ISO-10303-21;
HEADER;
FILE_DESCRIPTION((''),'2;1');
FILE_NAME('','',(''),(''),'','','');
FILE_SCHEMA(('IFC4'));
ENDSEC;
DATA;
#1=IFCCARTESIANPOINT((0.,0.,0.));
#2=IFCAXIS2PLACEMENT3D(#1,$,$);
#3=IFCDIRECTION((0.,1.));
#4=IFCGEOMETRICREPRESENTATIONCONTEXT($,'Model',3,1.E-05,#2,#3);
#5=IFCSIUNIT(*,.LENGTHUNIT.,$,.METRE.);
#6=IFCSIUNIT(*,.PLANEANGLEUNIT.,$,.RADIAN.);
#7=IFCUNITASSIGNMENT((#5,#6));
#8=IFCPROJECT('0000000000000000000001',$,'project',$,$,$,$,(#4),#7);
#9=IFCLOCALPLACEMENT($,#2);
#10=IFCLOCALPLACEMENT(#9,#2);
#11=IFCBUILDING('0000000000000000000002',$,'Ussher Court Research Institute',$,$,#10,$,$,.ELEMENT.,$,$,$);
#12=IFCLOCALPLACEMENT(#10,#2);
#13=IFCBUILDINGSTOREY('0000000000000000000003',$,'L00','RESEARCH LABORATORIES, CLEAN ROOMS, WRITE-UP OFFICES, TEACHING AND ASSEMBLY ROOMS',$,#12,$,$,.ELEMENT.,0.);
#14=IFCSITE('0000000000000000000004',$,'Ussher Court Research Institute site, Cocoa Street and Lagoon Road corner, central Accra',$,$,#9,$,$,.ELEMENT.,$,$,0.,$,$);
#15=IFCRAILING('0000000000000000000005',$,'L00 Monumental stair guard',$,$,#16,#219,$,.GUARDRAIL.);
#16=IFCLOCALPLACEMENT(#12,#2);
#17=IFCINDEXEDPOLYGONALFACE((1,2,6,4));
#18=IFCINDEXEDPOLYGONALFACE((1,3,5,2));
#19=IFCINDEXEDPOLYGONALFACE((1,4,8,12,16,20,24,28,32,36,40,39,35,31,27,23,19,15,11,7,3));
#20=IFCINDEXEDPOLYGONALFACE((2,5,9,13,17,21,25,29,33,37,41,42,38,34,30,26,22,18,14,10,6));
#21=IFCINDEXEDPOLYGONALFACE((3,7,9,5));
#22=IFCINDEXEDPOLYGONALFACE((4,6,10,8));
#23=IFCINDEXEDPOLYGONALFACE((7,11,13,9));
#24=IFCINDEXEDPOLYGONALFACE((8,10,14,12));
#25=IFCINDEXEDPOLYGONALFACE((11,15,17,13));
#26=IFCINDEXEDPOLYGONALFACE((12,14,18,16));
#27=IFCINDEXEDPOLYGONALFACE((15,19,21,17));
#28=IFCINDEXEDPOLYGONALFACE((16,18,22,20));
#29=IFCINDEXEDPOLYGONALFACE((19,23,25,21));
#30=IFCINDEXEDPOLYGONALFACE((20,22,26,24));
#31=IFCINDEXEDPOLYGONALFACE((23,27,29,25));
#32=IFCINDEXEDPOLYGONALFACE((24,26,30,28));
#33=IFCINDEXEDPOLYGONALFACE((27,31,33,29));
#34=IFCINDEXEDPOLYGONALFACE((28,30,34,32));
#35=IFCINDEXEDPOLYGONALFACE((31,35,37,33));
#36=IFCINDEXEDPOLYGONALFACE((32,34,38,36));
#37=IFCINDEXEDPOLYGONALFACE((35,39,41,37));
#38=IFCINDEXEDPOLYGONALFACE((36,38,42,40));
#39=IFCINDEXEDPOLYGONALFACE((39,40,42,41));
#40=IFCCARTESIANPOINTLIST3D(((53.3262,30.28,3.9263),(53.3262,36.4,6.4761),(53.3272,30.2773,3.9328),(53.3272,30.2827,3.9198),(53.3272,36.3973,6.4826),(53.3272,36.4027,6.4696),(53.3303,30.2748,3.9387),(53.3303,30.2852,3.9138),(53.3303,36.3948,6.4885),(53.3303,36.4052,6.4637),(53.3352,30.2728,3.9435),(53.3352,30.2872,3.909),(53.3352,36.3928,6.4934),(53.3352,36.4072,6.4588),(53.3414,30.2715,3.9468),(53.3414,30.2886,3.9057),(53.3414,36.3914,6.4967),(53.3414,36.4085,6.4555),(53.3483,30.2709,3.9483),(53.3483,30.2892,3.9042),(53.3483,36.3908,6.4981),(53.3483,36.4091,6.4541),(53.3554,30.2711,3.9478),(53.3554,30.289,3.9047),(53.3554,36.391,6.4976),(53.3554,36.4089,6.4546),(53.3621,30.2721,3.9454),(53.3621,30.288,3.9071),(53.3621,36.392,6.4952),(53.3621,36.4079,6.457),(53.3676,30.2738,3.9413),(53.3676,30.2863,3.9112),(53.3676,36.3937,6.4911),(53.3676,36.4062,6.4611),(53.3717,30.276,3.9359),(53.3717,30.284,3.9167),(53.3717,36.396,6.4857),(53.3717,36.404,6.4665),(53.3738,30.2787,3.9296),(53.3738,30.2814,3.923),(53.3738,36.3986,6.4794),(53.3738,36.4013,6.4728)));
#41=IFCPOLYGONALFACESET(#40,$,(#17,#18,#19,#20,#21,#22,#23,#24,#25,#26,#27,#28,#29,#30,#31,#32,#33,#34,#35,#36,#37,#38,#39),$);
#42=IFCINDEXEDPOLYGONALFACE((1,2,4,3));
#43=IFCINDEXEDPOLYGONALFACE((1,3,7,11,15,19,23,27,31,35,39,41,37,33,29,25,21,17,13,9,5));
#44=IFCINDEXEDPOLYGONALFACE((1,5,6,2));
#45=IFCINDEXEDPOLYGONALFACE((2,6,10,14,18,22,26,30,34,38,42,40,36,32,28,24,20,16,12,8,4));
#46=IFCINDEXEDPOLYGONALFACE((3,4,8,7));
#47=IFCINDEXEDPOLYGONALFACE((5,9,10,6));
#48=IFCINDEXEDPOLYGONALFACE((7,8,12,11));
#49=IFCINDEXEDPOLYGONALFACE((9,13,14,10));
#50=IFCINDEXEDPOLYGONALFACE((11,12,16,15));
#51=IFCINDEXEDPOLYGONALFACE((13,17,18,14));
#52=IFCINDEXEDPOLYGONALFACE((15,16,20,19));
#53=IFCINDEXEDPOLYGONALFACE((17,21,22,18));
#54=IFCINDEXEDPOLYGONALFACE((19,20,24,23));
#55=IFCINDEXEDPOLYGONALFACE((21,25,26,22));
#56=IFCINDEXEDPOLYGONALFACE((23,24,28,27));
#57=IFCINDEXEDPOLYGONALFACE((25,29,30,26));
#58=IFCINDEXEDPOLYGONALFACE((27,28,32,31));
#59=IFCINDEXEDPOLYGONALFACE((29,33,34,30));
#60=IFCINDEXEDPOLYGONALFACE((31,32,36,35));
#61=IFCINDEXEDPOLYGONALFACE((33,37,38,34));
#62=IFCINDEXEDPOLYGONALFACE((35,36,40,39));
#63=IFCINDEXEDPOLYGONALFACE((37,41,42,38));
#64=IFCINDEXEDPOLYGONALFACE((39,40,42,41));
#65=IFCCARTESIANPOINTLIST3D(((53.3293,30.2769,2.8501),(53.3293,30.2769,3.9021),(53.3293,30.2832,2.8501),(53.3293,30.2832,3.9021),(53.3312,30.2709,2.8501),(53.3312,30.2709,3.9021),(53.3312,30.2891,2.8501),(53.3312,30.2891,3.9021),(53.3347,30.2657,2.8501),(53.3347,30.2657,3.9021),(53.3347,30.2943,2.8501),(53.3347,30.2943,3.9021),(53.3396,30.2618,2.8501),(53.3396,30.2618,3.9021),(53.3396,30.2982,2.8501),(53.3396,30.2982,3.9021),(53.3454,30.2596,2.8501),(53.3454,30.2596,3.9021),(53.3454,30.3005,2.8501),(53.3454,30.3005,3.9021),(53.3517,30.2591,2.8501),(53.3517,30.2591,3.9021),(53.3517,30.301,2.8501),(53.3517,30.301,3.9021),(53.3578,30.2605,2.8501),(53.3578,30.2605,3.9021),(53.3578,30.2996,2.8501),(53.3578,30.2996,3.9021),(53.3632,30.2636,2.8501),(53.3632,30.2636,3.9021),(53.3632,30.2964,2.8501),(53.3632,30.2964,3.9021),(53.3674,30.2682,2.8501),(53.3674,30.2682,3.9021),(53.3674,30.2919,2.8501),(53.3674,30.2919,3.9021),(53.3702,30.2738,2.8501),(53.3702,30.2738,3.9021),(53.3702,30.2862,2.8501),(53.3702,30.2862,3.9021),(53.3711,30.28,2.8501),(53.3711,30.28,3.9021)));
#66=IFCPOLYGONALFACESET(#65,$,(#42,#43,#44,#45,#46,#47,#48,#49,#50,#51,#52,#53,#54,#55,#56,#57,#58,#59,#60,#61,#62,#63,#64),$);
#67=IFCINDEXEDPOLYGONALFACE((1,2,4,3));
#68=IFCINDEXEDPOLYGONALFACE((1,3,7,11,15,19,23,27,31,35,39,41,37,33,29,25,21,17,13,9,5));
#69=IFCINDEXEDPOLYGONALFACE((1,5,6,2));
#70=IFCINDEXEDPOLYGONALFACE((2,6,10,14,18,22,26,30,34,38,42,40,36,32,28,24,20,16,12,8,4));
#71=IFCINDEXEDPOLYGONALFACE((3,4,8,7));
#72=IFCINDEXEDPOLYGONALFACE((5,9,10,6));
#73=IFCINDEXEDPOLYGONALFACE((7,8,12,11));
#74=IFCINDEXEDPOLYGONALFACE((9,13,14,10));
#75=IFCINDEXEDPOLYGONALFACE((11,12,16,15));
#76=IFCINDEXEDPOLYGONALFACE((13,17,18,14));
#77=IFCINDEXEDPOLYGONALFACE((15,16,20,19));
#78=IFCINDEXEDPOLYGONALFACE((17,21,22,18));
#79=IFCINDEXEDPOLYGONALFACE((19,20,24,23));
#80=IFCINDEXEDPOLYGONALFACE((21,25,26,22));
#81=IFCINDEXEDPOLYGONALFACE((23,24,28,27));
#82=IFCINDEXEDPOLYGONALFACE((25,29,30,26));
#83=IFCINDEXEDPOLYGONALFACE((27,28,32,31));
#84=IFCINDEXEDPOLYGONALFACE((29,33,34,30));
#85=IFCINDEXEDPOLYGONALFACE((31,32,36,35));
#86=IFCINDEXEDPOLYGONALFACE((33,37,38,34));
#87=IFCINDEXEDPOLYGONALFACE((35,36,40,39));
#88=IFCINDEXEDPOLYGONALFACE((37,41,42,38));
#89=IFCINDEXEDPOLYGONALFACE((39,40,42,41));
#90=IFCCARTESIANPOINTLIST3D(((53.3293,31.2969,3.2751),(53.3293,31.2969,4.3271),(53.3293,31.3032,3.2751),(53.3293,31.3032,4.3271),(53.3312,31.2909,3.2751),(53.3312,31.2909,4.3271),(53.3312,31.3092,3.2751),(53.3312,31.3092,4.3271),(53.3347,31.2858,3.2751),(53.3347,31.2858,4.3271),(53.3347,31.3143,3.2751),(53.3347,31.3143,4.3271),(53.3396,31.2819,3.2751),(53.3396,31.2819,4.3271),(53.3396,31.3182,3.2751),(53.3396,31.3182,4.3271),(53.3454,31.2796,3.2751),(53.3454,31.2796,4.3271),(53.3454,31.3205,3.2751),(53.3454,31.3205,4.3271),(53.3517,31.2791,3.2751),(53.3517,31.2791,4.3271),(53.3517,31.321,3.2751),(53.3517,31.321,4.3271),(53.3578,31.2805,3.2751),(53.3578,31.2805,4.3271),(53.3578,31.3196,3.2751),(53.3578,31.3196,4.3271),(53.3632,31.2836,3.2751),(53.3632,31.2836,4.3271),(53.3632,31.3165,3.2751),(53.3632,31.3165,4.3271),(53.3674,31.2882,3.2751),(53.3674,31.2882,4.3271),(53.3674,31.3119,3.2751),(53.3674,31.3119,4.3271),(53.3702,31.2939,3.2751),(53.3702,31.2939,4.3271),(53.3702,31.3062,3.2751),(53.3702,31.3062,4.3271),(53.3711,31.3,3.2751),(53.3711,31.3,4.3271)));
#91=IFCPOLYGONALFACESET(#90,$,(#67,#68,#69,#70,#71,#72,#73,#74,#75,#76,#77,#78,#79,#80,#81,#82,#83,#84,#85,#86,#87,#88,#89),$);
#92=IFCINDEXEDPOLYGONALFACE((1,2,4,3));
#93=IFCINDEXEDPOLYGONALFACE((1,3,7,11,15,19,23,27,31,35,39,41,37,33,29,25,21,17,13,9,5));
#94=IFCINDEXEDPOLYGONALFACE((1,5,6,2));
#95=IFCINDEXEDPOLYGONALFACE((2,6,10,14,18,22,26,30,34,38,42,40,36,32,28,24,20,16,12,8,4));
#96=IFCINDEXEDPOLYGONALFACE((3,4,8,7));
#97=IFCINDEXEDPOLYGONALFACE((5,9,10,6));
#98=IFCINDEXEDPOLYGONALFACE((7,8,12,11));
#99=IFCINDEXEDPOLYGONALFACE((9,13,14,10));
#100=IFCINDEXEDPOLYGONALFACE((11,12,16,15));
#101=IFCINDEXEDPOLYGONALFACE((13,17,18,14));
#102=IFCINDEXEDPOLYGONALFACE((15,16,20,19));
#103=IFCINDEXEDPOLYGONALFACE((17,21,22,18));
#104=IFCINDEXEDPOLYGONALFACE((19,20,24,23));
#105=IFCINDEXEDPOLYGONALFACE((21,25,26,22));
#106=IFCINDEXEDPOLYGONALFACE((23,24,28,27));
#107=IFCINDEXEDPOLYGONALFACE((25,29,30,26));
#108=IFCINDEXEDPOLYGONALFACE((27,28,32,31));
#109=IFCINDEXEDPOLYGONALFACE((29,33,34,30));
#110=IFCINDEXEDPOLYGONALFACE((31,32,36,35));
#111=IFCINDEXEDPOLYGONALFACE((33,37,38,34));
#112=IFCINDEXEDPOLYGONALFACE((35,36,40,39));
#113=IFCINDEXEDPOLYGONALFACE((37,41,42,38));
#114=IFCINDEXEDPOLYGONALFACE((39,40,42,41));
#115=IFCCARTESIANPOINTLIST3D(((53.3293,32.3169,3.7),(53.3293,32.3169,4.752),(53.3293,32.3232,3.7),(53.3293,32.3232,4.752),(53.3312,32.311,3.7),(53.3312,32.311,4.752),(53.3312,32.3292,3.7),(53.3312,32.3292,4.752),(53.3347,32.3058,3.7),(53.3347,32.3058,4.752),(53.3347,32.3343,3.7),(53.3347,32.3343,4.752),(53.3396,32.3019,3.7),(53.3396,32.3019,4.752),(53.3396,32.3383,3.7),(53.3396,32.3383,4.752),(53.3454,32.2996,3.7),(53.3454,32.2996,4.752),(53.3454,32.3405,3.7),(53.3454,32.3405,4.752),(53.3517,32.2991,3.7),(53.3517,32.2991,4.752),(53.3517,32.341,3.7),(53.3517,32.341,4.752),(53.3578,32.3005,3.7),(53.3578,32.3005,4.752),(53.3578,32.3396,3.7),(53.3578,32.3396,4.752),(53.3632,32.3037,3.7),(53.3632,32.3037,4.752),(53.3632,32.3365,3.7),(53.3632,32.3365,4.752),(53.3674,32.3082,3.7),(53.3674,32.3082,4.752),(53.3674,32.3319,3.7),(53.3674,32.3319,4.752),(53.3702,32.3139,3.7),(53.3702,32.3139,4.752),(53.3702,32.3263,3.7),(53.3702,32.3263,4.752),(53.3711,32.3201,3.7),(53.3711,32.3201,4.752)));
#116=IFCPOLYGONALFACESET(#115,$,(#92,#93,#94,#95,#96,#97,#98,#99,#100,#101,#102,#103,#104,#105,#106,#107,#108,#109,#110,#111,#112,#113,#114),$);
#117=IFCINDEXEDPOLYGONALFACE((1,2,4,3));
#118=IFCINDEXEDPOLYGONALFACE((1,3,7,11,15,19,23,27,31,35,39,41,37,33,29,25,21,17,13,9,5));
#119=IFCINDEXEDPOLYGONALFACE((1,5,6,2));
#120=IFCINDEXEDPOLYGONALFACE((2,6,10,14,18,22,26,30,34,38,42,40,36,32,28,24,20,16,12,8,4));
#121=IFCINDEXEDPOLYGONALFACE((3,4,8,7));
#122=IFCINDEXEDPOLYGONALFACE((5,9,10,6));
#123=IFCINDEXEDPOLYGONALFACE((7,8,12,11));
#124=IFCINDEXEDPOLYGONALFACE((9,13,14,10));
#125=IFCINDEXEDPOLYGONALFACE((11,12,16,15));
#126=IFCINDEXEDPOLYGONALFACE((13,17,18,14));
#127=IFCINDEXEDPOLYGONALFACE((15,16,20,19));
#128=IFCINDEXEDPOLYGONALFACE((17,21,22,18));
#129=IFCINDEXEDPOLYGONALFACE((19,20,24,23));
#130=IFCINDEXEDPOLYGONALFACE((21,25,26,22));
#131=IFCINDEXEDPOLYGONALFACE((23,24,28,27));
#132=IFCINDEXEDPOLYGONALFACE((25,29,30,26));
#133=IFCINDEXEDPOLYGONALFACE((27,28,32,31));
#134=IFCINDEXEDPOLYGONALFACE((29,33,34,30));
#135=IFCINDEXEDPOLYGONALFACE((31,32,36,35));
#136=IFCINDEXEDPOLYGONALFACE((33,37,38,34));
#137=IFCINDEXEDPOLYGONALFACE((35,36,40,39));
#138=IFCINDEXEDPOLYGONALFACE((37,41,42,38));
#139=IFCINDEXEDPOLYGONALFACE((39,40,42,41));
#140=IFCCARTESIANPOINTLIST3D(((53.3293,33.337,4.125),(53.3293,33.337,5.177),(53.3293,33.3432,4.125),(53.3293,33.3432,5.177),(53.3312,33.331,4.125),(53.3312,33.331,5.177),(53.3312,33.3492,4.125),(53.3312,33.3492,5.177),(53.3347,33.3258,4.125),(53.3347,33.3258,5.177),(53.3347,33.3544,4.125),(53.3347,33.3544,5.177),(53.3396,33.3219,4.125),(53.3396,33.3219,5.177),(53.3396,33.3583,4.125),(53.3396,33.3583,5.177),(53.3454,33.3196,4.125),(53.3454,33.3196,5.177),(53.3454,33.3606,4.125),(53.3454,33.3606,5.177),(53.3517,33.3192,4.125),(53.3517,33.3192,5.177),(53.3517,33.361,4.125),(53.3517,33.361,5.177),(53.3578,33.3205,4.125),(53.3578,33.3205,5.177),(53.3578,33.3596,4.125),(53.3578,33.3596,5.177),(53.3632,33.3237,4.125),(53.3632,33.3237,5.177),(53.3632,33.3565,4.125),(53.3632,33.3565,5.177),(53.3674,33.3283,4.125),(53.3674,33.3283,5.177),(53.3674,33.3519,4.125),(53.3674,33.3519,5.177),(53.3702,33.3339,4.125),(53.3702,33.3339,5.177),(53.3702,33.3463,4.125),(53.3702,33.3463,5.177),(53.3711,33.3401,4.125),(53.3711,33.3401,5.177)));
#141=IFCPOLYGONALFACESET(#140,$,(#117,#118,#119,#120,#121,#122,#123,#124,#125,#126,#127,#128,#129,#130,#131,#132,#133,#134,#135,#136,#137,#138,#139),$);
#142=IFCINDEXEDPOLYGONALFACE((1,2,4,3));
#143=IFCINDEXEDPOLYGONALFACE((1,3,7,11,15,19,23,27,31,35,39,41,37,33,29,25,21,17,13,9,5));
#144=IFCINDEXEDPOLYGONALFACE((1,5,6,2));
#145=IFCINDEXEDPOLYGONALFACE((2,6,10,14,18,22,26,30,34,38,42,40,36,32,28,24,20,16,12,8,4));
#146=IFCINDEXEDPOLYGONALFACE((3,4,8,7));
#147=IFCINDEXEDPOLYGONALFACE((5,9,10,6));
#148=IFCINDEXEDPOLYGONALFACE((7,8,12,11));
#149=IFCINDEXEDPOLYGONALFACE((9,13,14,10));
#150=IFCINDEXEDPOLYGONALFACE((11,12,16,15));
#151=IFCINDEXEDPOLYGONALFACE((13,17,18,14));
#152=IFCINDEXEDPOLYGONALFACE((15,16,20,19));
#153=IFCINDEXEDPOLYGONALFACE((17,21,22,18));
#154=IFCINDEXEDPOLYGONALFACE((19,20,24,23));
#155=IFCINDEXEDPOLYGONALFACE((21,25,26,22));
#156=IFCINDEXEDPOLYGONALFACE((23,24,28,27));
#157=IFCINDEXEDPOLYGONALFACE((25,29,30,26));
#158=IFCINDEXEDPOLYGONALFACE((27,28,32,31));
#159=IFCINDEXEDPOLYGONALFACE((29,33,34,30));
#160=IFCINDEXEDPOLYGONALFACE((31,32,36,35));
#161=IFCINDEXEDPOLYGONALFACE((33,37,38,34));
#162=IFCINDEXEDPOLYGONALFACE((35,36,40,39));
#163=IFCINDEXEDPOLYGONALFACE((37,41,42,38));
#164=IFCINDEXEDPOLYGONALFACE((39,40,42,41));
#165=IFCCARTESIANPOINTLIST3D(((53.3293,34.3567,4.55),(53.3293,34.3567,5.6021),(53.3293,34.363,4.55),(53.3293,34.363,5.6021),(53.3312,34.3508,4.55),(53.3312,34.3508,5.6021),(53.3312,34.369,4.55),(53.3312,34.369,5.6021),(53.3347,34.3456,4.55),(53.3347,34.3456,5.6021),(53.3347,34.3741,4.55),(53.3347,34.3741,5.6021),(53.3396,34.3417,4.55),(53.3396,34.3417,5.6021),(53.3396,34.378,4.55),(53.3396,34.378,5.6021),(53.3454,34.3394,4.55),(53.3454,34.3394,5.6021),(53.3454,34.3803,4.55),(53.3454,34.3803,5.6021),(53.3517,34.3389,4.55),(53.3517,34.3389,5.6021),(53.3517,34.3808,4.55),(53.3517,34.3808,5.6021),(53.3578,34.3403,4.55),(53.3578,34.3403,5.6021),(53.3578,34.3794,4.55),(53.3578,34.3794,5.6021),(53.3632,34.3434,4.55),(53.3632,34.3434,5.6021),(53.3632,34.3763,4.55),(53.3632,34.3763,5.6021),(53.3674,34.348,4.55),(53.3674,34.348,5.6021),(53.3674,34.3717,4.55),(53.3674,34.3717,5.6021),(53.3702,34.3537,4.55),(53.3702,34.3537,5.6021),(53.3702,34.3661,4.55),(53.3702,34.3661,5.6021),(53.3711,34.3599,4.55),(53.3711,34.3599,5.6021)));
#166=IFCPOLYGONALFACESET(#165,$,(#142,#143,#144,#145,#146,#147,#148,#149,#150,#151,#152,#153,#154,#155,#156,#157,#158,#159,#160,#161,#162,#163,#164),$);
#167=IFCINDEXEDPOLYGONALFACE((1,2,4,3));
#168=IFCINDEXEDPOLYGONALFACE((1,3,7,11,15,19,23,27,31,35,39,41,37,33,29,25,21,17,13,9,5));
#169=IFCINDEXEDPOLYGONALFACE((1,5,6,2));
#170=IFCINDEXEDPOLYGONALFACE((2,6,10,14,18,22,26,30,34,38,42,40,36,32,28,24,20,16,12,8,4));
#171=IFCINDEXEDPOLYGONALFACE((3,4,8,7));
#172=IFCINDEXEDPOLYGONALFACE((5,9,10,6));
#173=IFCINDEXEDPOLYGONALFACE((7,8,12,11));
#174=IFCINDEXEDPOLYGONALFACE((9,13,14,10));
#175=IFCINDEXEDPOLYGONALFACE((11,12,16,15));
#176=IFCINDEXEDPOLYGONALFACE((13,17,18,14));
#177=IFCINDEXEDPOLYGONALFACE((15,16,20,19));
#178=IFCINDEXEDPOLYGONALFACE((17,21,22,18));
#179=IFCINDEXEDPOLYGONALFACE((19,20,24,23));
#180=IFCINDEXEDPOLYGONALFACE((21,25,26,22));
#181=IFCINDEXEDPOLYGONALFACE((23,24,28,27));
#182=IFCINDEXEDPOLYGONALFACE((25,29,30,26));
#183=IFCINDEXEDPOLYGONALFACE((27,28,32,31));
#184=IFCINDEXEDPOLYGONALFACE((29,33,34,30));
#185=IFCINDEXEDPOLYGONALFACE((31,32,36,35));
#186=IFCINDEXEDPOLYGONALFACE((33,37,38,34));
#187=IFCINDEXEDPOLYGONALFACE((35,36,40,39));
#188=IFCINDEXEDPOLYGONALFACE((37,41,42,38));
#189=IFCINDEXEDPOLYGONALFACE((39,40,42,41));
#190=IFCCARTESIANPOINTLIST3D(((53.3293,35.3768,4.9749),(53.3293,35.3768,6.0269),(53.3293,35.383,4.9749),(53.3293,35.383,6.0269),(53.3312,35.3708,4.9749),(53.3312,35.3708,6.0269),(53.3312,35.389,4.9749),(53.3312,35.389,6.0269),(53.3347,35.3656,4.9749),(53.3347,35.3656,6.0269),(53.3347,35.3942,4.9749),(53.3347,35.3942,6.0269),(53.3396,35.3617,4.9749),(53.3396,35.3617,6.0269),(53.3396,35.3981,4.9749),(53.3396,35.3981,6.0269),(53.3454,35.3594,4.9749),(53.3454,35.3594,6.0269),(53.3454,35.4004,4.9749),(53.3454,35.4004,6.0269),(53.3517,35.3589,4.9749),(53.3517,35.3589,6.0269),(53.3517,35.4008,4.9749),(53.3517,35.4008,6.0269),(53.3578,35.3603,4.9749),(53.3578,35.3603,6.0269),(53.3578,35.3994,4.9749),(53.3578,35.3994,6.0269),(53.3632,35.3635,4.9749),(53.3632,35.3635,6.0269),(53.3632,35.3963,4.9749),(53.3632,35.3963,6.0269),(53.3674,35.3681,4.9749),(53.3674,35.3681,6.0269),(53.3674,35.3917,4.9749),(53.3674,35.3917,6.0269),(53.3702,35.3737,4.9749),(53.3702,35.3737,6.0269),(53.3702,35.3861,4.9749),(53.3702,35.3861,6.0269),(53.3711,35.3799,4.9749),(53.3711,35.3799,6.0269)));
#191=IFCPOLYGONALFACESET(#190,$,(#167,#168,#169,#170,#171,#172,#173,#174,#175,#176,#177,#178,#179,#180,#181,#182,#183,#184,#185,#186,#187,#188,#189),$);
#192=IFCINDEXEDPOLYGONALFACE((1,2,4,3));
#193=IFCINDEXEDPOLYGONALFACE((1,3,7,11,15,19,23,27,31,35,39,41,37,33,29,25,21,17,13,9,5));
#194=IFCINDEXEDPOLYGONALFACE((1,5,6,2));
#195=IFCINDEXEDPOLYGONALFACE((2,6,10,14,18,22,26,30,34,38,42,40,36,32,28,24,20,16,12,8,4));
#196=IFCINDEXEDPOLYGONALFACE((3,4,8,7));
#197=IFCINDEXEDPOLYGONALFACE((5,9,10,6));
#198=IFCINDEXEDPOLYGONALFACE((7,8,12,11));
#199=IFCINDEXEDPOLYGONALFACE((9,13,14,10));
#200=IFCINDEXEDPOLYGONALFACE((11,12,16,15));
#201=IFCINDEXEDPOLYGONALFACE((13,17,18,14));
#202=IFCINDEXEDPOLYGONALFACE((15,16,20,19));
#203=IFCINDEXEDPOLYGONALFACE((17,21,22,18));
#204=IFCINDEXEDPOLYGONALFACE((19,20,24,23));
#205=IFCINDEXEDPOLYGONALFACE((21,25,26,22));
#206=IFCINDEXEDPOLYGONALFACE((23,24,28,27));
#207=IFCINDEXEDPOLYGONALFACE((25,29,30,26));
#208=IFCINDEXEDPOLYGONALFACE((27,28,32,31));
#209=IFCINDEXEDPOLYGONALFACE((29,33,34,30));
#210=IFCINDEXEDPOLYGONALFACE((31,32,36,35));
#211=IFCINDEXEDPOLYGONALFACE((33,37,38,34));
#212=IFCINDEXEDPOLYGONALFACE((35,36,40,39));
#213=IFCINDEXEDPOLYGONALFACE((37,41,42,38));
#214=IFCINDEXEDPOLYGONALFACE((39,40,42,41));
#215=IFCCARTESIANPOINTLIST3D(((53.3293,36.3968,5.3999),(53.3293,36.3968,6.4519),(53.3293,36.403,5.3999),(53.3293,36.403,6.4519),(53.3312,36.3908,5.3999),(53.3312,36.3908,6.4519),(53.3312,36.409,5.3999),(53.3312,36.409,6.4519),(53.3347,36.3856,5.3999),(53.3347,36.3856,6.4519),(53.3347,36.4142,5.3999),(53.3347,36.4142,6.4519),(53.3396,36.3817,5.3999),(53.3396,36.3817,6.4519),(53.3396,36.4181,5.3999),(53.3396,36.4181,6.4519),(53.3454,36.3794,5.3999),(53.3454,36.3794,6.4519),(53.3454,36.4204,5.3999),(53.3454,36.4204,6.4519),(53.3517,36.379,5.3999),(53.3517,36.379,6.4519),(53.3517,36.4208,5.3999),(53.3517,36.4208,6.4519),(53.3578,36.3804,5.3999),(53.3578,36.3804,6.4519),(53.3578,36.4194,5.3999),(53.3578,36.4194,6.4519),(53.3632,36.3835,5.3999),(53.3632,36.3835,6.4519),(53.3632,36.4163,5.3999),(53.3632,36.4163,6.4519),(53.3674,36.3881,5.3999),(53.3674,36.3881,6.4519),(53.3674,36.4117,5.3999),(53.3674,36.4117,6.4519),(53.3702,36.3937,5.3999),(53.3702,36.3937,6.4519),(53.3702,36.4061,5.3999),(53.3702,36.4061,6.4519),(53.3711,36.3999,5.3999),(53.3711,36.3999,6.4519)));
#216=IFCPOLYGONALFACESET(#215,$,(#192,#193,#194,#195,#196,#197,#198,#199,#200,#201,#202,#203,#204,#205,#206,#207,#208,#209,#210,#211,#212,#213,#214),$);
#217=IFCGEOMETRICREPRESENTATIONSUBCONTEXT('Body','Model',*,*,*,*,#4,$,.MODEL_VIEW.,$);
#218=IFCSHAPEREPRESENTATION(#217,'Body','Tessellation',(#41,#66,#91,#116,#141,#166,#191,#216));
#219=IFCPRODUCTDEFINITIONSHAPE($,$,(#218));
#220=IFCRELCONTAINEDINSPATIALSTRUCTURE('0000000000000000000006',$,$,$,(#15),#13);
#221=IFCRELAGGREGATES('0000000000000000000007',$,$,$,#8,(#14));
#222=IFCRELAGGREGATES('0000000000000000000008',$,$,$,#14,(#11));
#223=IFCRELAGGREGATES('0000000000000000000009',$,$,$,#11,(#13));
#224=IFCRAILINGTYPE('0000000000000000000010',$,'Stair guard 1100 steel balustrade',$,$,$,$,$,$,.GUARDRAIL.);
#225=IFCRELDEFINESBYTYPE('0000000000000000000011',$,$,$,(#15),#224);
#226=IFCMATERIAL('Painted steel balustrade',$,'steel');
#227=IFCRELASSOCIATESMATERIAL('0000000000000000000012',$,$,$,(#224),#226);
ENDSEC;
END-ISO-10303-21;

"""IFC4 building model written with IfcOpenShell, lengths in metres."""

from ifc_helpers import new_model, si_unit, direction, frame, origin, origin_2d, place, context, subcontext, project, spatial, circle, extrude, material, type_object, element, save


model = new_model("IFC4")

# Units and contexts
model_context = context("Model", 3, precision=1e-05, world=origin(), true_north=direction((0.0, 1.0)))
body_context = subcontext(model_context, "Body", "Model", "MODEL_VIEW")
ifc_project = project(units=[si_unit("LENGTHUNIT", "METRE"), si_unit("PLANEANGLEUNIT", "RADIAN")], contexts=[model_context])

# Site, building, storey
site_placement = place(None, origin())
site = spatial("IfcSite", under=ifc_project, at=site_placement, Name="Ussher Court Research Institute site, Cocoa Street and Lagoon Road corner, central Accra", CompositionType="ELEMENT", RefElevation=0.0)
building_placement = place(site_placement, origin())
building = spatial("IfcBuilding", under=site, at=building_placement, Name="Ussher Court Research Institute", CompositionType="ELEMENT")
storey_placement = place(building_placement, origin())
storey = spatial("IfcBuildingStorey", under=building, at=storey_placement, Name="L00", Description="RESEARCH LABORATORIES, CLEAN ROOMS, WRITE-UP OFFICES, TEACHING AND ASSEMBLY ROOMS", CompositionType="ELEMENT", Elevation=0.0)

# Railing
ifc_material_1 = material(Name="Painted steel balustrade", Category="steel")
railing_type_1 = type_object("IfcRailingType", Name="Stair guard 1100 steel balustrade", PredefinedType="GUARDRAIL", material=ifc_material_1)
railing_1_placement = place(storey_placement, frame((53.3501, 30.28, 2.8501)))
element("IfcRailing", 1, at=railing_1_placement, inside=storey, type_object=railing_type_1, Name="L00 Monumental stair guard", PredefinedType="GUARDRAIL", context=body_context, shape_type="SweptSolid", body=[
    extrude(circle(Radius=0.0239, at=origin_2d()), frame((0.0, 0.0, 1.0762), z_axis=(0.0, 0.923085, 0.384597), x_axis=(-1.0, 0.0, 0.0)), (0.0, 0.0, 1.0), 6.6299),
    extrude(circle(Radius=0.021, at=origin_2d()), origin(), (0.0, 0.0, 1.0), 1.052),
    extrude(circle(Radius=0.021, at=origin_2d()), frame((0.0, 1.02, 0.425)), (0.0, 0.0, 1.0), 1.052),
    extrude(circle(Radius=0.021, at=origin_2d()), frame((0.0, 2.04, 0.8499)), (0.0, 0.0, 1.0), 1.052),
    extrude(circle(Radius=0.021, at=origin_2d()), frame((0.0, 3.0601, 1.2749)), (0.0, 0.0, 1.0), 1.052),
    extrude(circle(Radius=0.021, at=origin_2d()), frame((0.0, 4.0798, 1.7)), (0.0, 0.0, 1.0), 1.052),
    extrude(circle(Radius=0.021, at=origin_2d()), frame((0.0, 5.0999, 2.1248)), (0.0, 0.0, 1.0), 1.052),
    extrude(circle(Radius=0.021, at=origin_2d()), frame((0.0, 6.1199, 2.5498)), (0.0, 0.0, 1.0), 1.052),
])

save(model, "model.ifc")
